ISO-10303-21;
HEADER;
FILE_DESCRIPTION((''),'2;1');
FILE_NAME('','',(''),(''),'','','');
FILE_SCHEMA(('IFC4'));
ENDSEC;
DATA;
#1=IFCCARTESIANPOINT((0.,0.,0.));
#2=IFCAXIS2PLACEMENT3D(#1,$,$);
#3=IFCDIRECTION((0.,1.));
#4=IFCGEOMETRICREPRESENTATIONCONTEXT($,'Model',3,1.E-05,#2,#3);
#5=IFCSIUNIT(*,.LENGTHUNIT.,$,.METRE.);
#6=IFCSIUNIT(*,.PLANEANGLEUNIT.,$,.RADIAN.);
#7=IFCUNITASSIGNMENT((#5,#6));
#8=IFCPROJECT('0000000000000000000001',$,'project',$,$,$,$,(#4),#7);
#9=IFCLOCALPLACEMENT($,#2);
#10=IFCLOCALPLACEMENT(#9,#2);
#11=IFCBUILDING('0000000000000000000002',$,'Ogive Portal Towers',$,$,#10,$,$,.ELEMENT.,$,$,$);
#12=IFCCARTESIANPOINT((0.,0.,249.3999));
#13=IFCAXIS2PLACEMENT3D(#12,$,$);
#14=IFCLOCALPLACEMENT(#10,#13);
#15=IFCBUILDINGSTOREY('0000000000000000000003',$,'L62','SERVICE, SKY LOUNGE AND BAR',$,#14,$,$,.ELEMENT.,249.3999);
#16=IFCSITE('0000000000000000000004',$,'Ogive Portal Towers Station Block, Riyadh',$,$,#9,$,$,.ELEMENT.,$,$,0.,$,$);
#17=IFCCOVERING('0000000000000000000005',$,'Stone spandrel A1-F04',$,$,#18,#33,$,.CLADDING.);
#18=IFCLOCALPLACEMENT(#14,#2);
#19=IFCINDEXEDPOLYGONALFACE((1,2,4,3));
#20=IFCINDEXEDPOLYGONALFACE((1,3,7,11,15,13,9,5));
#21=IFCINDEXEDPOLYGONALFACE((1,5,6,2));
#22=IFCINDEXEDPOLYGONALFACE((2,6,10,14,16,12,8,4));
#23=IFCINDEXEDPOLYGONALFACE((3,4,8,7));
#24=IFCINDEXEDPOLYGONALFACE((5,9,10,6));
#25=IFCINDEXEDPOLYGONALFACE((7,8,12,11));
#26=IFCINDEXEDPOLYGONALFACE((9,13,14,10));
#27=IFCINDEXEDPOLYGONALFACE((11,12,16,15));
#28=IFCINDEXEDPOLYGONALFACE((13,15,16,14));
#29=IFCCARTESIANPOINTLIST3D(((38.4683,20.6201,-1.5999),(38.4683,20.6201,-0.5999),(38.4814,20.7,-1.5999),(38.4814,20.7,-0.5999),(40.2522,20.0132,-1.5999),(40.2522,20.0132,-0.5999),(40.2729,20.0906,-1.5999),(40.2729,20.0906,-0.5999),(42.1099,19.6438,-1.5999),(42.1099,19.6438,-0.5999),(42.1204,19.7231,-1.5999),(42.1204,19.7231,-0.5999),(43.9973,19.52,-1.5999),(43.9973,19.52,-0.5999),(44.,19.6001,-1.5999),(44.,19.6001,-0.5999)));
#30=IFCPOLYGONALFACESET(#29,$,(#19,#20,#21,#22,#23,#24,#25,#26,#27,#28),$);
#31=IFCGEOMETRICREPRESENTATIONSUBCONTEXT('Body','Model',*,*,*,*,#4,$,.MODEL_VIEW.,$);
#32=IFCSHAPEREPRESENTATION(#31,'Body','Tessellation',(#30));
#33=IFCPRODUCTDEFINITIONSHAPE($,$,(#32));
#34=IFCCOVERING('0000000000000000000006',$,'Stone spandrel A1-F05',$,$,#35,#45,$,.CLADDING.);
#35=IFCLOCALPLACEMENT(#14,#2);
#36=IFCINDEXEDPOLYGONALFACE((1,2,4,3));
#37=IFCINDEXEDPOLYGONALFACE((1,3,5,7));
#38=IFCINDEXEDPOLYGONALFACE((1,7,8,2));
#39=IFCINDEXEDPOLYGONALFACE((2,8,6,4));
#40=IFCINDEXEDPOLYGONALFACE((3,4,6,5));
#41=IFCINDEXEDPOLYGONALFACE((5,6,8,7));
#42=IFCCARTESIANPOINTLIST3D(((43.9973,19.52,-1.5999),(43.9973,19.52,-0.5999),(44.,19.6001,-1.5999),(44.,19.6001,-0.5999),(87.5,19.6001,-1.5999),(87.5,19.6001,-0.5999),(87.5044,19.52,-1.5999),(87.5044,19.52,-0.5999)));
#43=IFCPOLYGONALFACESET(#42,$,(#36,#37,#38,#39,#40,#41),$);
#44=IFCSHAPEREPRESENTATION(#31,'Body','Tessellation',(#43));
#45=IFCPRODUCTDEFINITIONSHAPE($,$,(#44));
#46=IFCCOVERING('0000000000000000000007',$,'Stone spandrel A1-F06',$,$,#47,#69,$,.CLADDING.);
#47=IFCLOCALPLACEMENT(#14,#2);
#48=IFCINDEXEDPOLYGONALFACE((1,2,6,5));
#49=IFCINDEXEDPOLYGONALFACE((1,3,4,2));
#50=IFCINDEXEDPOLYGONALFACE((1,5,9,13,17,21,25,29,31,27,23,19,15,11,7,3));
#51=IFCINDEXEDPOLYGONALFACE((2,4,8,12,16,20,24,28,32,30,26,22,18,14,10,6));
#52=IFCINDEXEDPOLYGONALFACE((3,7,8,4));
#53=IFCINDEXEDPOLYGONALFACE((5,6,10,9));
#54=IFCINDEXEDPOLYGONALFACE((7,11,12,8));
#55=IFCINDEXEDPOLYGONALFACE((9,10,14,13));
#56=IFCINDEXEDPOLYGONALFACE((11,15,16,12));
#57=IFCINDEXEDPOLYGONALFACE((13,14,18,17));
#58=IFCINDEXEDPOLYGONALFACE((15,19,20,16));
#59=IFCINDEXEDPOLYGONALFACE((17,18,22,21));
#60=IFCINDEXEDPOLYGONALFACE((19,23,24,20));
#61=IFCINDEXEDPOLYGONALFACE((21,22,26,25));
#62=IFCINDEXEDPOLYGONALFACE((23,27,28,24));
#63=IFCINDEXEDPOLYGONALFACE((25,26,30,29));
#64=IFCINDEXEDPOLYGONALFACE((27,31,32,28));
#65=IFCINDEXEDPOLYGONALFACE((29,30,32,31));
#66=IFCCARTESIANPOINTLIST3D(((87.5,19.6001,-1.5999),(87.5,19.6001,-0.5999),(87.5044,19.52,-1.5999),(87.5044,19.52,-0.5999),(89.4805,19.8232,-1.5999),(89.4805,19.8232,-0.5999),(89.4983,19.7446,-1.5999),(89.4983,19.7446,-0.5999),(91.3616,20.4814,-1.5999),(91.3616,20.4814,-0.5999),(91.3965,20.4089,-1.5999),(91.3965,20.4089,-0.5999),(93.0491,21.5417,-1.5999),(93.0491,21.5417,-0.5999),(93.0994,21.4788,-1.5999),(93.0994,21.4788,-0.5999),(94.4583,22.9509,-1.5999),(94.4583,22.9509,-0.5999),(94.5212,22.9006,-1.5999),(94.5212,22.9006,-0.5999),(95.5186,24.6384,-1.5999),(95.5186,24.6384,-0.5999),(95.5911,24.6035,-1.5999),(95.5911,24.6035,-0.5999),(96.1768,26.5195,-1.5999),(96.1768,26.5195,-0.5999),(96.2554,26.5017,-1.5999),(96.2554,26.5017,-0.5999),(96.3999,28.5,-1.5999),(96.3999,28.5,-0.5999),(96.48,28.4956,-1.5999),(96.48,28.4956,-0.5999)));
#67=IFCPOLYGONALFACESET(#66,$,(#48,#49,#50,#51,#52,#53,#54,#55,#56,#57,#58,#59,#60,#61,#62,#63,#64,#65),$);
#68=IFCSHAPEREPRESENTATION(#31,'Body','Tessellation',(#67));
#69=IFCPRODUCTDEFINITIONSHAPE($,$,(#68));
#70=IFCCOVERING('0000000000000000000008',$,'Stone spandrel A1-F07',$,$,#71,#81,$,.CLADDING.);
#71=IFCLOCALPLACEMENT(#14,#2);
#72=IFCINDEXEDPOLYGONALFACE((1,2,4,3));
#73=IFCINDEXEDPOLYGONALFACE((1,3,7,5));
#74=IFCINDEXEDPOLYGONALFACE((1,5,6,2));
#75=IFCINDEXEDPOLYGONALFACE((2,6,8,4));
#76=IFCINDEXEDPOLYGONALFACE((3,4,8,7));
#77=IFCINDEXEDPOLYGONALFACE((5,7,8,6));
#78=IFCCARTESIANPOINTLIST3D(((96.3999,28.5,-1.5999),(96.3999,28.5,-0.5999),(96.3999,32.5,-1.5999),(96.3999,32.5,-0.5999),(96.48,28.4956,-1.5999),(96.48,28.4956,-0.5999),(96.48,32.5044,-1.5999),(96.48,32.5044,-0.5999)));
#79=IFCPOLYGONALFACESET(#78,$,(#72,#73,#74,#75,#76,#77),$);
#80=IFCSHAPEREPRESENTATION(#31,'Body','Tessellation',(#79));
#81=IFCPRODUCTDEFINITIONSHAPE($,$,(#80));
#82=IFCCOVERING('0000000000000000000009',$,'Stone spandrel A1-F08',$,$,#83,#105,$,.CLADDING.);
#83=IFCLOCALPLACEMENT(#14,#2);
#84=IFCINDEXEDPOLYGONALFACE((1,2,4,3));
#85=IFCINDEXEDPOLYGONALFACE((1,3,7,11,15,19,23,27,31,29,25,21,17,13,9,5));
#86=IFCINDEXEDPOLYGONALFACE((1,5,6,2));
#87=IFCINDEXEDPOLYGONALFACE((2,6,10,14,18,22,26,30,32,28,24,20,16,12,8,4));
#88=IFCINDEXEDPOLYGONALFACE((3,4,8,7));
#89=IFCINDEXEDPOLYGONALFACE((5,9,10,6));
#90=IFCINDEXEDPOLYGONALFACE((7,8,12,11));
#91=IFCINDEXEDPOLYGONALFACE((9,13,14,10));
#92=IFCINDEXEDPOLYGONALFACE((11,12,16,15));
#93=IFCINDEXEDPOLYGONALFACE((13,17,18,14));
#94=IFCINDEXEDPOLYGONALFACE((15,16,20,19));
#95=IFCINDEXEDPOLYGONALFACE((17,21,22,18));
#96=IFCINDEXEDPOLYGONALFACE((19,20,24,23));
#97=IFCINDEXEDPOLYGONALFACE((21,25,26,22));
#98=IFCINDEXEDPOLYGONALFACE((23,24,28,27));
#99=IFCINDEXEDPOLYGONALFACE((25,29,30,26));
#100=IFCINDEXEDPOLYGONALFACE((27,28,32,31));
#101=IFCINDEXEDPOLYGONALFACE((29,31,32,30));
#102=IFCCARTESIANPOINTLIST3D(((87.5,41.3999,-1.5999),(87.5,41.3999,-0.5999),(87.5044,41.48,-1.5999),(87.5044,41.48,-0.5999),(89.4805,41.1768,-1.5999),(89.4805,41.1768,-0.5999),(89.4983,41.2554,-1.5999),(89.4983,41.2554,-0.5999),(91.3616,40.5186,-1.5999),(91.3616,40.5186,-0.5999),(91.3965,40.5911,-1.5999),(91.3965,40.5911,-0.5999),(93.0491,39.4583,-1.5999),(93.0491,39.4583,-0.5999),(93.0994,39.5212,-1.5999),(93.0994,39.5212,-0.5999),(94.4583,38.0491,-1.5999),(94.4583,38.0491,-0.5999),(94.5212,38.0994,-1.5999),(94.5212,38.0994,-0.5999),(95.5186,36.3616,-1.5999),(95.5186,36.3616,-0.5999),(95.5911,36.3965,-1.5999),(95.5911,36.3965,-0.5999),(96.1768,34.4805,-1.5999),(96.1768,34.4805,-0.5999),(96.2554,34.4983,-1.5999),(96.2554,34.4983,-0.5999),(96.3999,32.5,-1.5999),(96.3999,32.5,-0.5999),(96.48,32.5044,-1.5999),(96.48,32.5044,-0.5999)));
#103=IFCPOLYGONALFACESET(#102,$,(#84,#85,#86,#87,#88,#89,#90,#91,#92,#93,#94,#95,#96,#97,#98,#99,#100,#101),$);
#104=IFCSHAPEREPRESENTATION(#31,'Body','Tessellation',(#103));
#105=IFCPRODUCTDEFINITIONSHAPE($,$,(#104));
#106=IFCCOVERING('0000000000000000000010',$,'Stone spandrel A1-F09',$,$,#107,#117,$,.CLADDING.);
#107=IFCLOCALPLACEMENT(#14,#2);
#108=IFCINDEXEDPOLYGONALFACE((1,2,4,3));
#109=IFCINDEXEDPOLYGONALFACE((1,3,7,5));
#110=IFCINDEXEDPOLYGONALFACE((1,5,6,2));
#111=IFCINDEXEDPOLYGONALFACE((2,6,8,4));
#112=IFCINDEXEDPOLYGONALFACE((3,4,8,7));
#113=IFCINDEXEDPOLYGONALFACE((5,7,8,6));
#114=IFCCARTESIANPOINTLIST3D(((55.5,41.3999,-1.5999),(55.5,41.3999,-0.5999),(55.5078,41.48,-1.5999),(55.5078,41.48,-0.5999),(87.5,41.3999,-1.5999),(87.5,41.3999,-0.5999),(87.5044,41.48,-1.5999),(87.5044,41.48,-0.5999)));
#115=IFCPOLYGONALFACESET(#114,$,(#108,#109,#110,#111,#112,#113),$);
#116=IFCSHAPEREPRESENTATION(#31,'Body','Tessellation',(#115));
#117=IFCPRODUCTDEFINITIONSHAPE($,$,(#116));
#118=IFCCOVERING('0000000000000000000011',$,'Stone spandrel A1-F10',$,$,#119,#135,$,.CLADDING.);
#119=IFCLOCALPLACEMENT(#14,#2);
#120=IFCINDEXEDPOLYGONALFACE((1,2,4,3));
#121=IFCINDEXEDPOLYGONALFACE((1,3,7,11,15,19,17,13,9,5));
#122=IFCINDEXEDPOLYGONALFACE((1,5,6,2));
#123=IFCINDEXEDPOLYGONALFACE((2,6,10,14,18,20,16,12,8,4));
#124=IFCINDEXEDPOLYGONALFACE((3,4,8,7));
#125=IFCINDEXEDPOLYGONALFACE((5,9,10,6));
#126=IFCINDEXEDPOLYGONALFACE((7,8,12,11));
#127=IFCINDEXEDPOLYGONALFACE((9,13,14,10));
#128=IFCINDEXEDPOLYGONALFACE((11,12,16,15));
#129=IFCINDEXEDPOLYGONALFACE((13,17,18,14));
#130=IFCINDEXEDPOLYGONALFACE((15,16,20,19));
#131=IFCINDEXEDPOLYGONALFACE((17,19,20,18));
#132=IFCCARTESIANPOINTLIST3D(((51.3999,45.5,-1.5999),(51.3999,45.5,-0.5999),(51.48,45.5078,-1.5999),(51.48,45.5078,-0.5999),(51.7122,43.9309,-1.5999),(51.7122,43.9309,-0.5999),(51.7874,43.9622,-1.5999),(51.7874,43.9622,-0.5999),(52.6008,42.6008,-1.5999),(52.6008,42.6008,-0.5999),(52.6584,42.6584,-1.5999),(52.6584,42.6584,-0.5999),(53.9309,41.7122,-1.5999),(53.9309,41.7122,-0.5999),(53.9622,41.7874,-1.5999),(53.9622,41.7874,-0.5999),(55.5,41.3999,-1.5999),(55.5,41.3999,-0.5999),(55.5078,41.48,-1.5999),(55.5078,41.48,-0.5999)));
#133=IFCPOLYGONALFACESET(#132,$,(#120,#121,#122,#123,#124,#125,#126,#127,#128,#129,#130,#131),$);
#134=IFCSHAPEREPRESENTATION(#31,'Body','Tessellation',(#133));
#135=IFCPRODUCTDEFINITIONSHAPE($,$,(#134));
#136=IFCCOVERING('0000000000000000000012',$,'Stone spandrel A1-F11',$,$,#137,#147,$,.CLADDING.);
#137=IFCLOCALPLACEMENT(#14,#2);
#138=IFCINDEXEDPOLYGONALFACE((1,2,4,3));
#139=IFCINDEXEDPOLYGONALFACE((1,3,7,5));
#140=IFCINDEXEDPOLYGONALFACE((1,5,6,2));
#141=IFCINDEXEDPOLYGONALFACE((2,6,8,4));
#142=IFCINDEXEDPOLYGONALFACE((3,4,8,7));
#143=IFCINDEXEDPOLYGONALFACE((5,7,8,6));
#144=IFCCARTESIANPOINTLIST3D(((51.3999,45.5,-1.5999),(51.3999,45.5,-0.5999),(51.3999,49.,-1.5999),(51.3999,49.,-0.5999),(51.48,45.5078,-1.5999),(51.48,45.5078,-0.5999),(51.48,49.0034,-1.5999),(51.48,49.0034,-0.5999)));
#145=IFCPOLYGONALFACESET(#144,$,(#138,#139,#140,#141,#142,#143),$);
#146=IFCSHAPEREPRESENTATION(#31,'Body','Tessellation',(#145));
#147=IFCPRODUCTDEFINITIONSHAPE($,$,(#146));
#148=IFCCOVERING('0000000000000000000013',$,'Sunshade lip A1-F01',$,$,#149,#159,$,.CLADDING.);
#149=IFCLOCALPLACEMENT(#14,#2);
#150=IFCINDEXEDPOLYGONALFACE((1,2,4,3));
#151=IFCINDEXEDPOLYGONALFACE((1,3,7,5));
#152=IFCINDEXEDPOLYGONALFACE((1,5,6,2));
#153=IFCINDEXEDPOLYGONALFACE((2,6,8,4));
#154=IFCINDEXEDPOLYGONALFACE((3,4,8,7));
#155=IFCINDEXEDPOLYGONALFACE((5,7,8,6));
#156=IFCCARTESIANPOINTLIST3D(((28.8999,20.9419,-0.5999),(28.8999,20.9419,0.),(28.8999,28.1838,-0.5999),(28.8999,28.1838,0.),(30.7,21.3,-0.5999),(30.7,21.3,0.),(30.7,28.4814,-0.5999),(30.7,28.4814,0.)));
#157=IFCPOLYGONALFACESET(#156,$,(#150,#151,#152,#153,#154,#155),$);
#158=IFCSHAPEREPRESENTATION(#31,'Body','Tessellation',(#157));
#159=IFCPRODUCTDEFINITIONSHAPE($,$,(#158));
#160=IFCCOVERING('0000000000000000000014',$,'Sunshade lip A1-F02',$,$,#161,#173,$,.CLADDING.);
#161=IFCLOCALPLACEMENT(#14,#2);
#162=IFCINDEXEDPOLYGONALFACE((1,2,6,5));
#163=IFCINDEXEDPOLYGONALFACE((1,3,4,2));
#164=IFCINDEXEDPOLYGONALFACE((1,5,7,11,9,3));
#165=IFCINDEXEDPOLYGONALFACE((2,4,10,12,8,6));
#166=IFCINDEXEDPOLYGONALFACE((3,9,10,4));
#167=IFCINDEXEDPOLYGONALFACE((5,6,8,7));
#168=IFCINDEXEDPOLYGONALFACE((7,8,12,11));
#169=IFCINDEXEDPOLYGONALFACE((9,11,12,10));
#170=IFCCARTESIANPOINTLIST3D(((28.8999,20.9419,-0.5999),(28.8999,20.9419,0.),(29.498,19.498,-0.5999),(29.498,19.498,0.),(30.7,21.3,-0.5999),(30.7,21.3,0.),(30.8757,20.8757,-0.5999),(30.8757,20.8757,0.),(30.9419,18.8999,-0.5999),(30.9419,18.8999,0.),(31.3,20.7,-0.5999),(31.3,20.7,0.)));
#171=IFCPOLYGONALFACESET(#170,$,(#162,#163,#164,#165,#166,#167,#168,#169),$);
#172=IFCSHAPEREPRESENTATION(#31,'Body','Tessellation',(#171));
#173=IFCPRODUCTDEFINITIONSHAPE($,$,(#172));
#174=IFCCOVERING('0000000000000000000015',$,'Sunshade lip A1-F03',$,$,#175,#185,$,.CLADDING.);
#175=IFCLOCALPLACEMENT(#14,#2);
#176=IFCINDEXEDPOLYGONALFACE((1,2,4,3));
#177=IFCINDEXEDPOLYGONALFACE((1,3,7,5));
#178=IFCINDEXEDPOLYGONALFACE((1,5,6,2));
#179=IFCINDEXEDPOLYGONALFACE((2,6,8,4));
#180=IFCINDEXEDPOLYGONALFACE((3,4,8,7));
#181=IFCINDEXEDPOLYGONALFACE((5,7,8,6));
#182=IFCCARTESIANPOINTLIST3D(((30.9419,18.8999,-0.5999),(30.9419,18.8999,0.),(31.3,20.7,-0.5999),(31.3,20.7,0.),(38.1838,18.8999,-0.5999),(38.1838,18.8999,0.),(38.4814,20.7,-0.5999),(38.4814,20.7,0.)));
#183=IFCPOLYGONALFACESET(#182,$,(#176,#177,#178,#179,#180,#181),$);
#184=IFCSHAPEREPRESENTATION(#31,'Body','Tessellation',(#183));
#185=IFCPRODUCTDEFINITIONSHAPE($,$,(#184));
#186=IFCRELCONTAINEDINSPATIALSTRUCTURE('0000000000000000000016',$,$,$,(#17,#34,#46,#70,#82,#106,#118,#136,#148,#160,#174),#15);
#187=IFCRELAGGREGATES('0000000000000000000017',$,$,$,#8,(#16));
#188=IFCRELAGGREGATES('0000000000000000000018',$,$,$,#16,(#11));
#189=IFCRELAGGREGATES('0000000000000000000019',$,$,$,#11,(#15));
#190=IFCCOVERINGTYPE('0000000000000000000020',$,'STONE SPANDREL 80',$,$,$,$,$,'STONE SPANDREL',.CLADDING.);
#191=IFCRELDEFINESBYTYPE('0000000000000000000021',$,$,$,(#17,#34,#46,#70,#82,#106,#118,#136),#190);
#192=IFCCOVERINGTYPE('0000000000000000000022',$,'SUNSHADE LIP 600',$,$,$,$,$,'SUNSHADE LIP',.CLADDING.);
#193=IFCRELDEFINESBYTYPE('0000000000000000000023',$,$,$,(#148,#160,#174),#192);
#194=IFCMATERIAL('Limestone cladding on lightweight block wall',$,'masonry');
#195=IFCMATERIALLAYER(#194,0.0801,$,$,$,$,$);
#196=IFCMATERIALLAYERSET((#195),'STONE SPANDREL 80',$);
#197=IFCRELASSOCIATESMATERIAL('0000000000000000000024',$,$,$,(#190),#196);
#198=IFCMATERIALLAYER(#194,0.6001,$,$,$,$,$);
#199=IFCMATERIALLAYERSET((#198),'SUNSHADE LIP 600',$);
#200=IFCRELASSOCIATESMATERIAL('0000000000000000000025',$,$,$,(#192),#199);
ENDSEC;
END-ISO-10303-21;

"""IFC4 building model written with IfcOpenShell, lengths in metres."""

from ifc_helpers import new_model, si_unit, direction, frame, origin, place, context, subcontext, project, spatial, polyline, outline, extrude, material, layer, layer_set, type_object, element, save


model = new_model("IFC4")

# Units and contexts
model_context = context("Model", 3, precision=1e-05, world=origin(), true_north=direction((0.0, 1.0)))
body_context = subcontext(model_context, "Body", "Model", "MODEL_VIEW")
ifc_project = project(units=[si_unit("LENGTHUNIT", "METRE"), si_unit("PLANEANGLEUNIT", "RADIAN")], contexts=[model_context])

# Site, building, storey
site_placement = place(None, origin())
site = spatial("IfcSite", under=ifc_project, at=site_placement, Name="Ogive Portal Towers Station Block, Riyadh", CompositionType="ELEMENT", RefElevation=0.0)
building_placement = place(site_placement, origin())
building = spatial("IfcBuilding", under=site, at=building_placement, Name="Ogive Portal Towers", CompositionType="ELEMENT")
storey_placement = place(building_placement, frame((0.0, 0.0, 249.3999)))
storey = spatial("IfcBuildingStorey", under=building, at=storey_placement, Name="L62", Description="SERVICE, SKY LOUNGE AND BAR", CompositionType="ELEMENT", Elevation=249.3999)

# Coverings
ifc_material_1 = material(Name="Limestone cladding on lightweight block wall", Category="masonry")
ifc_layer_1 = layer(ifc_material_1, 0.0801)
ifc_layer_set_1 = layer_set([ifc_layer_1], Name="STONE SPANDREL 80")
covering_type_1 = type_object("IfcCoveringType", Name="STONE SPANDREL 80", ElementType="STONE SPANDREL", PredefinedType="CLADDING", material=ifc_layer_set_1)
covering_1_placement = place(storey_placement, frame((0.0, 0.0, -1.5999)))
element("IfcCovering", 1, at=covering_1_placement, inside=storey, type_object=covering_type_1, Name="Stone spandrel A1-F04", PredefinedType="CLADDING", context=body_context, shape_type="SweptSolid", body=[
    extrude(outline(polyline([(38.4814, 20.7), (40.2729, 20.0906), (42.1204, 19.7231), (44.0, 19.6001), (43.9973, 19.52), (42.1099, 19.6438), (40.2522, 20.0132), (38.4683, 20.6201), (38.4814, 20.7)])), origin(), (0.0, 0.0, 1.0), 1.0),
])
covering_2_placement = place(storey_placement, frame((0.0, 0.0, -1.5999)))
element("IfcCovering", 2, at=covering_2_placement, inside=storey, type_object=covering_type_1, Name="Stone spandrel A1-F05", PredefinedType="CLADDING", context=body_context, shape_type="SweptSolid", body=[
    extrude(outline(polyline([(44.0, 19.6001), (87.5, 19.6001), (87.5044, 19.52), (43.9973, 19.52), (44.0, 19.6001)])), origin(), (0.0, 0.0, 1.0), 1.0),
])
covering_3_placement = place(storey_placement, frame((0.0, 0.0, -1.5999)))
element("IfcCovering", 3, at=covering_3_placement, inside=storey, type_object=covering_type_1, Name="Stone spandrel A1-F06", PredefinedType="CLADDING", context=body_context, shape_type="SweptSolid", body=[
    extrude(outline(polyline([(87.5, 19.6001), (89.4805, 19.8232), (91.3616, 20.4814), (93.0491, 21.5417), (94.4583, 22.9509), (95.5186, 24.6384), (96.1768, 26.5195), (96.3999, 28.5), (96.48, 28.4956), (96.2554, 26.5017), (95.5911, 24.6035), (94.5212, 22.9006), (93.0994, 21.4788), (91.3965, 20.4089), (89.4983, 19.7446), (87.5044, 19.52), (87.5, 19.6001)])), origin(), (0.0, 0.0, 1.0), 1.0),
])
covering_4_placement = place(storey_placement, frame((0.0, 0.0, -1.5999)))
element("IfcCovering", 4, at=covering_4_placement, inside=storey, type_object=covering_type_1, Name="Stone spandrel A1-F07", PredefinedType="CLADDING", context=body_context, shape_type="SweptSolid", body=[
    extrude(outline(polyline([(96.3999, 28.5), (96.3999, 32.5), (96.48, 32.5044), (96.48, 28.4956), (96.3999, 28.5)])), origin(), (0.0, 0.0, 1.0), 1.0),
])
covering_5_placement = place(storey_placement, frame((0.0, 0.0, -1.5999)))
element("IfcCovering", 5, at=covering_5_placement, inside=storey, type_object=covering_type_1, Name="Stone spandrel A1-F08", PredefinedType="CLADDING", context=body_context, shape_type="SweptSolid", body=[
    extrude(outline(polyline([(96.3999, 32.5), (96.1768, 34.4805), (95.5186, 36.3616), (94.4583, 38.0491), (93.0491, 39.4583), (91.3616, 40.5186), (89.4805, 41.1768), (87.5, 41.3999), (87.5044, 41.48), (89.4983, 41.2554), (91.3965, 40.5911), (93.0994, 39.5212), (94.5212, 38.0994), (95.5911, 36.3965), (96.2554, 34.4983), (96.48, 32.5044), (96.3999, 32.5)])), origin(), (0.0, 0.0, 1.0), 1.0),
])
covering_6_placement = place(storey_placement, frame((0.0, 0.0, -1.5999)))
element("IfcCovering", 6, at=covering_6_placement, inside=storey, type_object=covering_type_1, Name="Stone spandrel A1-F09", PredefinedType="CLADDING", context=body_context, shape_type="SweptSolid", body=[
    extrude(outline(polyline([(87.5, 41.3999), (55.5, 41.3999), (55.5078, 41.48), (87.5044, 41.48), (87.5, 41.3999)])), origin(), (0.0, 0.0, 1.0), 1.0),
])
covering_7_placement = place(storey_placement, frame((0.0, 0.0, -1.5999)))
element("IfcCovering", 7, at=covering_7_placement, inside=storey, type_object=covering_type_1, Name="Stone spandrel A1-F10", PredefinedType="CLADDING", context=body_context, shape_type="SweptSolid", body=[
    extrude(outline(polyline([(55.5, 41.3999), (53.9309, 41.7122), (52.6008, 42.6008), (51.7122, 43.9309), (51.3999, 45.5), (51.48, 45.5078), (51.7874, 43.9622), (52.6584, 42.6584), (53.9622, 41.7874), (55.5078, 41.48), (55.5, 41.3999)])), origin(), (0.0, 0.0, 1.0), 1.0),
])
covering_8_placement = place(storey_placement, frame((0.0, 0.0, -1.5999)))
element("IfcCovering", 8, at=covering_8_placement, inside=storey, type_object=covering_type_1, Name="Stone spandrel A1-F11", PredefinedType="CLADDING", context=body_context, shape_type="SweptSolid", body=[
    extrude(outline(polyline([(51.3999, 45.5), (51.3999, 49.0), (51.48, 49.0034), (51.48, 45.5078), (51.3999, 45.5)])), origin(), (0.0, 0.0, 1.0), 1.0),
])
ifc_layer_2 = layer(ifc_material_1, 0.6001)
ifc_layer_set_2 = layer_set([ifc_layer_2], Name="SUNSHADE LIP 600")
covering_type_2 = type_object("IfcCoveringType", Name="SUNSHADE LIP 600", ElementType="SUNSHADE LIP", PredefinedType="CLADDING", material=ifc_layer_set_2)
covering_9_placement = place(storey_placement, frame((0.0, 0.0, -0.5999)))
element("IfcCovering", 9, at=covering_9_placement, inside=storey, type_object=covering_type_2, Name="Sunshade lip A1-F01", PredefinedType="CLADDING", context=body_context, shape_type="SweptSolid", body=[
    extrude(outline(polyline([(30.7, 28.4814), (30.7, 21.3), (28.8999, 20.9419), (28.8999, 28.1838), (30.7, 28.4814)])), origin(), (0.0, 0.0, 1.0), 0.5999),
])
covering_10_placement = place(storey_placement, frame((0.0, 0.0, -0.5999)))
element("IfcCovering", 10, at=covering_10_placement, inside=storey, type_object=covering_type_2, Name="Sunshade lip A1-F02", PredefinedType="CLADDING", context=body_context, shape_type="SweptSolid", body=[
    extrude(outline(polyline([(30.7, 21.3), (30.8757, 20.8757), (31.3, 20.7), (30.9419, 18.8999), (29.498, 19.498), (28.8999, 20.9419), (30.7, 21.3)])), origin(), (0.0, 0.0, 1.0), 0.5999),
])
covering_11_placement = place(storey_placement, frame((0.0, 0.0, -0.5999)))
element("IfcCovering", 11, at=covering_11_placement, inside=storey, type_object=covering_type_2, Name="Sunshade lip A1-F03", PredefinedType="CLADDING", context=body_context, shape_type="SweptSolid", body=[
    extrude(outline(polyline([(31.3, 20.7), (38.4814, 20.7), (38.1838, 18.8999), (30.9419, 18.8999), (31.3, 20.7)])), origin(), (0.0, 0.0, 1.0), 0.5999),
])

save(model, "model.ifc")
